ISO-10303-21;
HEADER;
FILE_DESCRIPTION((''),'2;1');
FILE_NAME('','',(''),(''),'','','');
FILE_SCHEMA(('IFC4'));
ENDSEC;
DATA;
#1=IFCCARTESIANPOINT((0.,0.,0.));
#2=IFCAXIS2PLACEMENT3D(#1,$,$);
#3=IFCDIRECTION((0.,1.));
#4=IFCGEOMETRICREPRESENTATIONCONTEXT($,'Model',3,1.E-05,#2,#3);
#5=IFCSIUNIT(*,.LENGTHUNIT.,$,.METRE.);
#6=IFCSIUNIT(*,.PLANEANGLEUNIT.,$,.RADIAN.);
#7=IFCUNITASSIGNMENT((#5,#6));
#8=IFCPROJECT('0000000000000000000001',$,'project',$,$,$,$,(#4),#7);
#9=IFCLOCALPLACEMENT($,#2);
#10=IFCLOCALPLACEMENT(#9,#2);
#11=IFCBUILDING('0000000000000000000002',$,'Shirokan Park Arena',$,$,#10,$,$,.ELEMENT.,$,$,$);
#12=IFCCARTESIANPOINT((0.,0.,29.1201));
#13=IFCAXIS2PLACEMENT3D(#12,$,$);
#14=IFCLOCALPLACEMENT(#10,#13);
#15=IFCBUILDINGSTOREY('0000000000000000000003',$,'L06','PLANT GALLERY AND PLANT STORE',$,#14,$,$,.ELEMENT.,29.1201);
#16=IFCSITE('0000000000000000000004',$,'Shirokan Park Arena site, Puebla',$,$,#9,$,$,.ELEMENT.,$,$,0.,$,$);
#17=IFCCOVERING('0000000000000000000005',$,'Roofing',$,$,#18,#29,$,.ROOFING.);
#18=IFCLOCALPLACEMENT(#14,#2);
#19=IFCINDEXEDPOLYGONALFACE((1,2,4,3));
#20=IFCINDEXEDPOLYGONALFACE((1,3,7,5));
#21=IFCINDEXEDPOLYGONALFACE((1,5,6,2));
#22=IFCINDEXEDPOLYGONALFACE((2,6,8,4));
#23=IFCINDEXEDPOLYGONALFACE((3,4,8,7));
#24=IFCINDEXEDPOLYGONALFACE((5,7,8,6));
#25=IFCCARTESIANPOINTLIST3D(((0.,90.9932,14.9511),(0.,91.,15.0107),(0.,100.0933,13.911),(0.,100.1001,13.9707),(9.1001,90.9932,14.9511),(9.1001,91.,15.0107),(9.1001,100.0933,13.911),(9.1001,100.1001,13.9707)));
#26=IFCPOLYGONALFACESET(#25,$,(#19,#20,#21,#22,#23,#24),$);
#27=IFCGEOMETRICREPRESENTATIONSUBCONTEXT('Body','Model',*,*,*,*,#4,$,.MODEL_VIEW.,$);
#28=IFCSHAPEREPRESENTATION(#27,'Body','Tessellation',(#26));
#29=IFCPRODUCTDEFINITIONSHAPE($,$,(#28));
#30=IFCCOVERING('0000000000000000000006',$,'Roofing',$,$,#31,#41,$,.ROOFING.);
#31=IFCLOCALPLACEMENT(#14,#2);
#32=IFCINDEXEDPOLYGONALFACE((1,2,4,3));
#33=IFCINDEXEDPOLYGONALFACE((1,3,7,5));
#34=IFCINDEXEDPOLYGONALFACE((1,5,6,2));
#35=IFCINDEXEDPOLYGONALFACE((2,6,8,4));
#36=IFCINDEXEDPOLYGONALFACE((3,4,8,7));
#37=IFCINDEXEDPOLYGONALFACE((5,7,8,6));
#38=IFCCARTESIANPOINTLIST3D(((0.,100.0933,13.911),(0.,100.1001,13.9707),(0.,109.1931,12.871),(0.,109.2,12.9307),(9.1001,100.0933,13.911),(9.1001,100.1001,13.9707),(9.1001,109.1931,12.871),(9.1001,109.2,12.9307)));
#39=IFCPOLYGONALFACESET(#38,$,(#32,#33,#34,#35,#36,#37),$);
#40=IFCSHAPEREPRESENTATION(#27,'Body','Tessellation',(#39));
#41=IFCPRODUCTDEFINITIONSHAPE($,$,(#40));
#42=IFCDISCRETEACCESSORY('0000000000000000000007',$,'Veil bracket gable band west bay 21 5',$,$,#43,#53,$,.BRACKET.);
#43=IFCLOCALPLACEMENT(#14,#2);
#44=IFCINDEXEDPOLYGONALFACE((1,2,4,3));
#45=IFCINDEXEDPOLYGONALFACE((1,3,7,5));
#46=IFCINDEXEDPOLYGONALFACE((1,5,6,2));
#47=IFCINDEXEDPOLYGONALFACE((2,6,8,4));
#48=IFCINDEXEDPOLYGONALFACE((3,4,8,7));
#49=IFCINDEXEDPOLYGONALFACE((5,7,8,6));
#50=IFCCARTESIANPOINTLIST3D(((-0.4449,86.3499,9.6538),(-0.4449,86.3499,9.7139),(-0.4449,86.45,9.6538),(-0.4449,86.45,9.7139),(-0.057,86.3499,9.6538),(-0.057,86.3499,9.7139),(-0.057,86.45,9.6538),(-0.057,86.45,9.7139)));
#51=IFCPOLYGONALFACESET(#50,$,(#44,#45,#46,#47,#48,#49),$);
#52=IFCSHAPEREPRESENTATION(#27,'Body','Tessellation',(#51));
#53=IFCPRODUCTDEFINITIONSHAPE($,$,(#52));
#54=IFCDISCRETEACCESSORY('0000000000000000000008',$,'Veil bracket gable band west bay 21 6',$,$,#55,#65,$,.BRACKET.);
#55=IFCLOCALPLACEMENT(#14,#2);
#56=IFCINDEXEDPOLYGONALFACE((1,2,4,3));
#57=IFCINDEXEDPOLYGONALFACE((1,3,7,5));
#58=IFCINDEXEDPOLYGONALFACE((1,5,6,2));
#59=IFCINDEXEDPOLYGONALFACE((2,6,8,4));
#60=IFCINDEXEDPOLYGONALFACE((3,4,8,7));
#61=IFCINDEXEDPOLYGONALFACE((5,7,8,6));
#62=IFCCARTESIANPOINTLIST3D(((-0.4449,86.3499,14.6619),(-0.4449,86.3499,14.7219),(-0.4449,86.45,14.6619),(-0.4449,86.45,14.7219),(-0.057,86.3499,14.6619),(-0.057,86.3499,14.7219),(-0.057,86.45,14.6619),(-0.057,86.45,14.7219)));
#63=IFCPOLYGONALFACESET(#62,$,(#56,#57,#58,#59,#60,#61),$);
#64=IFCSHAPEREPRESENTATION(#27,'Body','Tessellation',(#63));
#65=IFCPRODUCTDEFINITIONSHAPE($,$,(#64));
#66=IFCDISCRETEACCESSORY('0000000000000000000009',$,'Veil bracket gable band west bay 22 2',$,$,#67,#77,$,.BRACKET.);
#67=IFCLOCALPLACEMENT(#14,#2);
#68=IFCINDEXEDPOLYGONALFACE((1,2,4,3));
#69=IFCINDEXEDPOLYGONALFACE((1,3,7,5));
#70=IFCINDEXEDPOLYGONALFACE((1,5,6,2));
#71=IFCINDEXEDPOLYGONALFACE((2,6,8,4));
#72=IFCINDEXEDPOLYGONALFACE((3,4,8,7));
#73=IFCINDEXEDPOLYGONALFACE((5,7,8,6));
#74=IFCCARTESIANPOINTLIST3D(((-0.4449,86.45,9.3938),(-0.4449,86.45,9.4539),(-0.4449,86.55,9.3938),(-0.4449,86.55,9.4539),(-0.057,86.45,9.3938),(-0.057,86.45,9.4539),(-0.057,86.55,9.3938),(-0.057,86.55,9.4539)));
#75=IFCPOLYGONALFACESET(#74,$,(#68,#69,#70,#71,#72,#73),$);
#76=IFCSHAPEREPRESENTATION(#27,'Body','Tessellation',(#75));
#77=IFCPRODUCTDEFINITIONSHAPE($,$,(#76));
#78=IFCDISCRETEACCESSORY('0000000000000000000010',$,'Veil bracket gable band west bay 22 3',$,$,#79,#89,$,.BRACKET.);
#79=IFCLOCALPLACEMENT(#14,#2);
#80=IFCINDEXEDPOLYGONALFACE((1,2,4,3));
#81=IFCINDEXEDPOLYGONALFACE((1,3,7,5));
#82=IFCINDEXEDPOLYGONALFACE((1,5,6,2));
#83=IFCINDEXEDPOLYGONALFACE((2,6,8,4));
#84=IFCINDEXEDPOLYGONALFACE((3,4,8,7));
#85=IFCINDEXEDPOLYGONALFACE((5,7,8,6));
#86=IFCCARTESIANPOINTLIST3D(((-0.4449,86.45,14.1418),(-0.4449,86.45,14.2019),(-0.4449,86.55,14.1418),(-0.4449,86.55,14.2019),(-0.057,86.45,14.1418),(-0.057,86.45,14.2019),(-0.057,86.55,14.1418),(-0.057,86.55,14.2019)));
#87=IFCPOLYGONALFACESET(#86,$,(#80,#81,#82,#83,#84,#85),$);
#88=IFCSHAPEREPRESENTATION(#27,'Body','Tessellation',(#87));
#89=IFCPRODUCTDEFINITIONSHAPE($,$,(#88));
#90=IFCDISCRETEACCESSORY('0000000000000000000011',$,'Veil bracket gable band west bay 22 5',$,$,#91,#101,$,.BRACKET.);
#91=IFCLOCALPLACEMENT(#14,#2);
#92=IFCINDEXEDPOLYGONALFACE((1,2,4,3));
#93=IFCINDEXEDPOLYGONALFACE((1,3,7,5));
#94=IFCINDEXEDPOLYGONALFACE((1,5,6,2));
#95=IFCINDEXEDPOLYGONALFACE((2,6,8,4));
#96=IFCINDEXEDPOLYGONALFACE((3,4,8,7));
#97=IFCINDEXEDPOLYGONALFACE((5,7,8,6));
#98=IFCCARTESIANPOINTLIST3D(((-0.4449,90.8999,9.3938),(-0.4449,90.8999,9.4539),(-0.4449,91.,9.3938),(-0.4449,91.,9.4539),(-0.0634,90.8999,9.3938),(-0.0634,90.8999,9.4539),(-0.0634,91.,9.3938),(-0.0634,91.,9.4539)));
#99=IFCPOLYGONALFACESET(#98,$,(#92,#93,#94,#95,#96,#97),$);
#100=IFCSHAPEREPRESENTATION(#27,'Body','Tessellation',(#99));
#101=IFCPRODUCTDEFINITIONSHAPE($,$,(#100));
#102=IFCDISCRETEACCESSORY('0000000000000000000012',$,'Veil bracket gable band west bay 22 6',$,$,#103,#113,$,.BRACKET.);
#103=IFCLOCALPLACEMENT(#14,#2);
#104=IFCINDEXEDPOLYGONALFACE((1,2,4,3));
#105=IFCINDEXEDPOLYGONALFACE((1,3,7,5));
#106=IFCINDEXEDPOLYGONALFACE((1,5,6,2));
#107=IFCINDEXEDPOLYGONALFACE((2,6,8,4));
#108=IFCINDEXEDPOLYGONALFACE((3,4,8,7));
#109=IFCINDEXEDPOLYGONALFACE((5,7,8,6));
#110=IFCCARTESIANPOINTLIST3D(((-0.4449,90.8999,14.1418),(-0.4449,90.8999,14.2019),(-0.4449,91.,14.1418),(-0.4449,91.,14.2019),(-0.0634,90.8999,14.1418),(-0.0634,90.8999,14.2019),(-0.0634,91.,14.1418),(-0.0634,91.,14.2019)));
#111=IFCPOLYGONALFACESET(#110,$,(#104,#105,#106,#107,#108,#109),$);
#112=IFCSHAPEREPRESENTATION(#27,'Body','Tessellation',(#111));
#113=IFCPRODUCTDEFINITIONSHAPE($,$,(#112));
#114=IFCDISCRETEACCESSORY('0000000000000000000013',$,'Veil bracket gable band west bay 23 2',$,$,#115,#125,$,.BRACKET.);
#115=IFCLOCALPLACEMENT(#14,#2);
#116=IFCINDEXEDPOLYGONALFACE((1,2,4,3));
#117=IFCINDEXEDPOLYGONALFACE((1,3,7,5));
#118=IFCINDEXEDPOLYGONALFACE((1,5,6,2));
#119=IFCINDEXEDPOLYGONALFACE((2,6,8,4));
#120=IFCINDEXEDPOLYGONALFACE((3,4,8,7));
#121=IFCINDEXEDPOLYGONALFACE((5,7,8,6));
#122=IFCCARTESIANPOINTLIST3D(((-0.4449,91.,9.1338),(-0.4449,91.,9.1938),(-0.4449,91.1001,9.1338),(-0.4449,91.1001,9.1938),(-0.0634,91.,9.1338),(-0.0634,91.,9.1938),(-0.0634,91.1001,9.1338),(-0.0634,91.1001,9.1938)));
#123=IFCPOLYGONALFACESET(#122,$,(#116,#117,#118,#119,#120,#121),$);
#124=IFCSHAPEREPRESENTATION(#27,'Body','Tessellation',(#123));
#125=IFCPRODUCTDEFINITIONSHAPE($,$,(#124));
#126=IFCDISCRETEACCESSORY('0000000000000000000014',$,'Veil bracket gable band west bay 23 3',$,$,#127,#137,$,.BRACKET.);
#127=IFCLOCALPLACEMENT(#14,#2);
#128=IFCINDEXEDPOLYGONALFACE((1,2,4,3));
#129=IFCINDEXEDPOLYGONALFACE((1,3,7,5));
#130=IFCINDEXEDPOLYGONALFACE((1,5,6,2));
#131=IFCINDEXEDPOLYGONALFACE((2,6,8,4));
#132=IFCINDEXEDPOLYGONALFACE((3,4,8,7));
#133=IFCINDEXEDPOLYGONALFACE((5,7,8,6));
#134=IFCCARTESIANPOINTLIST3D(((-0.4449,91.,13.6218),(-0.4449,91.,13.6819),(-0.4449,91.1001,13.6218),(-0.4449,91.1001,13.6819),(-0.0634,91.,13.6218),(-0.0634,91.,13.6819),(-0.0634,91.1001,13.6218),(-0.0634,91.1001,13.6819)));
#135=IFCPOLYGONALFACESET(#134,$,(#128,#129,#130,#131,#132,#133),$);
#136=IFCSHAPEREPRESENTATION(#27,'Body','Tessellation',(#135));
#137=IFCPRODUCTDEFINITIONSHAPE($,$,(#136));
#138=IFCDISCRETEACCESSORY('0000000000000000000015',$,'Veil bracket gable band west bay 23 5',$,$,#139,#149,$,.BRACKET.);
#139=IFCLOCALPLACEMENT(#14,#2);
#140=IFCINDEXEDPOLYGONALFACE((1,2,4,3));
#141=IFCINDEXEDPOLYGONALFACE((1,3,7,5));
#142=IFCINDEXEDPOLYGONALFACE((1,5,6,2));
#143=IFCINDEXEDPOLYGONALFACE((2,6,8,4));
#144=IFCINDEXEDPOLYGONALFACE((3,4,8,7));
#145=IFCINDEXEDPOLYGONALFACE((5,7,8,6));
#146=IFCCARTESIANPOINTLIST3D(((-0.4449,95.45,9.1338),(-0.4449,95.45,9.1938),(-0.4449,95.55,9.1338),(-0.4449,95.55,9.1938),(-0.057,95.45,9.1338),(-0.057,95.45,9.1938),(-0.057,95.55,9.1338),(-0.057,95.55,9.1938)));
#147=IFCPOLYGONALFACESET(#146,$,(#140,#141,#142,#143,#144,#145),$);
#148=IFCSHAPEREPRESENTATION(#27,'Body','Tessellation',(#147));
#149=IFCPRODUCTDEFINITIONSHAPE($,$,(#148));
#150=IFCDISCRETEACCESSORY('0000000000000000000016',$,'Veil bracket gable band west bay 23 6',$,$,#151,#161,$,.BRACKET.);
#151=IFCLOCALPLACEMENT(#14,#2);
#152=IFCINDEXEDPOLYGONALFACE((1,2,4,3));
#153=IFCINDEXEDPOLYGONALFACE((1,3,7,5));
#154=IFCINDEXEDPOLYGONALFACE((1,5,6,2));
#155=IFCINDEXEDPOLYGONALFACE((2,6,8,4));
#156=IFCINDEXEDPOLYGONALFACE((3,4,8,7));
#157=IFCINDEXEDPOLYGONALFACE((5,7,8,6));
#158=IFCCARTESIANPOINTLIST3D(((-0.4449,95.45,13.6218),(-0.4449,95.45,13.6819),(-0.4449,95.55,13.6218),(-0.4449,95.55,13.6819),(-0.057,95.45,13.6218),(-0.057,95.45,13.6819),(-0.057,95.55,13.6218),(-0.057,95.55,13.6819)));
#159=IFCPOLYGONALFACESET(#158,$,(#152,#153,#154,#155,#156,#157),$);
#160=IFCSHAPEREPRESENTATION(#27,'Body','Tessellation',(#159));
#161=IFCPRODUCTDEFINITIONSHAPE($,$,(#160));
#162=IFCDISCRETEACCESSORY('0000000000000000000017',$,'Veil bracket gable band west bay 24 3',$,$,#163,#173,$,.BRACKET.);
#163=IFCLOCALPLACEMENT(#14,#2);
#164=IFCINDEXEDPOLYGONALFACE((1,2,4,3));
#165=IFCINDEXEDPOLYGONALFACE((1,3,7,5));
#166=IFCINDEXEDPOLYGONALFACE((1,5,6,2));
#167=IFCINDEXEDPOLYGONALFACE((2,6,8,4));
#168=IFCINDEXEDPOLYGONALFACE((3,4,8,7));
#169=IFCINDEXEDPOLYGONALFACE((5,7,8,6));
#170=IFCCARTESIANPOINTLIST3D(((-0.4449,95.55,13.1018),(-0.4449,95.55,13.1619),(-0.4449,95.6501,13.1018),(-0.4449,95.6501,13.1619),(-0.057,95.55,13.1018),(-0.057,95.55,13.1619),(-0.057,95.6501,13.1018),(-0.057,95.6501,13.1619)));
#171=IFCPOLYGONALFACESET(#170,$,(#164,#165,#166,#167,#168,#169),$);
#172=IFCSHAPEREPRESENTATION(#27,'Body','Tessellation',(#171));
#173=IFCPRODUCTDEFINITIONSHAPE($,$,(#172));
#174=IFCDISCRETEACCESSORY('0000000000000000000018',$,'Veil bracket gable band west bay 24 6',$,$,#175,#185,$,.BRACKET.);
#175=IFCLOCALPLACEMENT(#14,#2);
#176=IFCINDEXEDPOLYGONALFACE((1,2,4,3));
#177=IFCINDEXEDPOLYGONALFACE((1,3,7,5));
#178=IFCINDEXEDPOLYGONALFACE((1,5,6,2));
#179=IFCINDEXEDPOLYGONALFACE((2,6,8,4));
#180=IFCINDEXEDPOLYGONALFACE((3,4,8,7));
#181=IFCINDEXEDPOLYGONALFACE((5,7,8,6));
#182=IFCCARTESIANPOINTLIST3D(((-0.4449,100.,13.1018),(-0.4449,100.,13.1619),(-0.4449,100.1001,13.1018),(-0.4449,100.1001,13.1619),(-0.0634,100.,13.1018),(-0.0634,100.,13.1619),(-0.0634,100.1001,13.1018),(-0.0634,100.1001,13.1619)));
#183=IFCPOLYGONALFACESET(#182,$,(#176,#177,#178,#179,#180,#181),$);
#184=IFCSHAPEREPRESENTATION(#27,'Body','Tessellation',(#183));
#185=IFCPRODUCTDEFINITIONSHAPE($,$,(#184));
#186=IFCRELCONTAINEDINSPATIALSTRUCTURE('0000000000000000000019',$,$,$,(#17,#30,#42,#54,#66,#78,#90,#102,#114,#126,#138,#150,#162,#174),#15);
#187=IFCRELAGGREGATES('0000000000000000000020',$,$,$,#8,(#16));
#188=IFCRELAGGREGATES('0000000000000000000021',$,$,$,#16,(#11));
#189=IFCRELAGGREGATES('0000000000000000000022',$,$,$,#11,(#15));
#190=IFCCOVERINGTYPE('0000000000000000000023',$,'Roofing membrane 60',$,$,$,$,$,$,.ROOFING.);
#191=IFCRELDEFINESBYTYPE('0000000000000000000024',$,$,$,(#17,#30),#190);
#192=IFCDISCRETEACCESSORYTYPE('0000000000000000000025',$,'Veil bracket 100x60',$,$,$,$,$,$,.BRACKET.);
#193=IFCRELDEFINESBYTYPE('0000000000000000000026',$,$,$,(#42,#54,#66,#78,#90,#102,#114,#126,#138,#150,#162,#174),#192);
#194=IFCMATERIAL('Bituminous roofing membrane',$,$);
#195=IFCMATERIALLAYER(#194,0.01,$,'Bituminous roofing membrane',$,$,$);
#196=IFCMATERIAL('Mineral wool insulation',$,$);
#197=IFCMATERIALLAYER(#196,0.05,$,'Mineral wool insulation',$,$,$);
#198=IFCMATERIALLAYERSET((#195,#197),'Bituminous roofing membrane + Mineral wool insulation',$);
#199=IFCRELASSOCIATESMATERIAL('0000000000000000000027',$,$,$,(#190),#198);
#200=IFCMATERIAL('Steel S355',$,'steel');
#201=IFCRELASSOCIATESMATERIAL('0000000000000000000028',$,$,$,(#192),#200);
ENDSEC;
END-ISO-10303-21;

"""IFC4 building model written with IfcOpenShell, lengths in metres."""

from ifc_helpers import new_model, si_unit, direction, frame, origin, origin_2d, place, context, subcontext, project, spatial, polyline, rectangle, outline, extrude, material, layer, layer_set, type_object, element, save


model = new_model("IFC4")

# Units and contexts
model_context = context("Model", 3, precision=1e-05, world=origin(), true_north=direction((0.0, 1.0)))
body_context = subcontext(model_context, "Body", "Model", "MODEL_VIEW")
ifc_project = project(units=[si_unit("LENGTHUNIT", "METRE"), si_unit("PLANEANGLEUNIT", "RADIAN")], contexts=[model_context])

# Site, building, storey
site_placement = place(None, origin())
site = spatial("IfcSite", under=ifc_project, at=site_placement, Name="Shirokan Park Arena site, Puebla", CompositionType="ELEMENT", RefElevation=0.0)
building_placement = place(site_placement, origin())
building = spatial("IfcBuilding", under=site, at=building_placement, Name="Shirokan Park Arena", CompositionType="ELEMENT")
storey_placement = place(building_placement, frame((0.0, 0.0, 29.1201)))
storey = spatial("IfcBuildingStorey", under=building, at=storey_placement, Name="L06", Description="PLANT GALLERY AND PLANT STORE", CompositionType="ELEMENT", Elevation=29.1201)

# Coverings
ifc_material_1 = material(Name="Bituminous roofing membrane")
ifc_layer_1 = layer(ifc_material_1, 0.01, Name="Bituminous roofing membrane")
ifc_material_2 = material(Name="Mineral wool insulation")
ifc_layer_2 = layer(ifc_material_2, 0.05, Name="Mineral wool insulation")
ifc_layer_set_1 = layer_set([ifc_layer_1, ifc_layer_2], Name="Bituminous roofing membrane + Mineral wool insulation")
covering_type = type_object("IfcCoveringType", Name="Roofing membrane 60", PredefinedType="ROOFING", material=ifc_layer_set_1)
covering_1_placement = place(storey_placement, frame((0.0, 91.0, 15.0107), z_axis=(0.0, 0.11355, 0.993532), x_axis=(1.0, 0.0, 0.0)))
element("IfcCovering", 1, at=covering_1_placement, inside=storey, type_object=covering_type, Name="Roofing", PredefinedType="ROOFING", context=body_context, shape_type="SweptSolid", body=[
    extrude(outline(polyline([(0.0, 0.0), (9.1001, 0.0), (9.1001, 9.1593), (0.0, 9.1593), (0.0, 0.0)])), origin(), (0.0, 0.0, -1.0), 0.0601),
])
covering_2_placement = place(storey_placement, frame((0.0, 100.1001, 13.9707), z_axis=(0.0, 0.113553, 0.993532), x_axis=(1.0, 0.0, 0.0)))
element("IfcCovering", 2, at=covering_2_placement, inside=storey, type_object=covering_type, Name="Roofing", PredefinedType="ROOFING", context=body_context, shape_type="SweptSolid", body=[
    extrude(outline(polyline([(0.0, 0.0), (9.1001, 0.0), (9.1001, 9.1591), (0.0, 9.1591), (0.0, 0.0)])), origin(), (0.0, 0.0, -1.0), 0.0601),
])

# Discrete accessories
ifc_material_3 = material(Name="Steel S355", Category="steel")
discrete_accessory_type = type_object("IfcDiscreteAccessoryType", Name="Veil bracket 100x60", PredefinedType="BRACKET", material=ifc_material_3)
for number, where, z_axis, x_axis, name in (
    (3, (-0.251, 86.3999, 9.6538), (0.0, 0.0, 1.0), (1.0, 0.0, 0.0), "Veil bracket gable band west bay 21 5"),
    (4, (-0.251, 86.3999, 14.6619), (0.0, 0.0, 1.0), (1.0, 0.0, 0.0), "Veil bracket gable band west bay 21 6"),
    (5, (-0.251, 86.5, 9.3938), (0.0, 0.0, 1.0), (1.0, 0.0, 0.0), "Veil bracket gable band west bay 22 2"),
    (6, (-0.251, 86.5, 14.1418), (0.0, 0.0, 1.0), (1.0, 0.0, 0.0), "Veil bracket gable band west bay 22 3"),
):
    element("IfcDiscreteAccessory", number, at=place(storey_placement, frame(where, z_axis=z_axis, x_axis=x_axis)), inside=storey, type_object=discrete_accessory_type, Name=name, PredefinedType="BRACKET", context=body_context, shape_type="SweptSolid", body=[
        extrude(rectangle(XDim=0.3879, YDim=0.1001, at=origin_2d()), origin(), (0.0, 0.0, 1.0), 0.0601),
    ])
for number, where, z_axis, x_axis, name in (
    (7, (-0.2542, 90.95, 9.3938), (0.0, 0.0, 1.0), (1.0, 0.0, 0.0), "Veil bracket gable band west bay 22 5"),
    (8, (-0.2542, 90.95, 14.1418), (0.0, 0.0, 1.0), (1.0, 0.0, 0.0), "Veil bracket gable band west bay 22 6"),
    (9, (-0.2542, 91.05, 9.1338), (0.0, 0.0, 1.0), (1.0, 0.0, 0.0), "Veil bracket gable band west bay 23 2"),
    (10, (-0.2542, 91.05, 13.6218), (0.0, 0.0, 1.0), (1.0, 0.0, 0.0), "Veil bracket gable band west bay 23 3"),
):
    element("IfcDiscreteAccessory", number, at=place(storey_placement, frame(where, z_axis=z_axis, x_axis=x_axis)), inside=storey, type_object=discrete_accessory_type, Name=name, PredefinedType="BRACKET", context=body_context, shape_type="SweptSolid", body=[
        extrude(rectangle(XDim=0.3816, YDim=0.1001, at=origin_2d()), origin(), (0.0, 0.0, 1.0), 0.0601),
    ])
for number, where, z_axis, x_axis, name in (
    (11, (-0.251, 95.5, 9.1338), (0.0, 0.0, 1.0), (1.0, 0.0, 0.0), "Veil bracket gable band west bay 23 5"),
    (12, (-0.251, 95.5, 13.6218), (0.0, 0.0, 1.0), (1.0, 0.0, 0.0), "Veil bracket gable band west bay 23 6"),
    (13, (-0.251, 95.6001, 13.1018), (0.0, 0.0, 1.0), (1.0, 0.0, 0.0), "Veil bracket gable band west bay 24 3"),
):
    element("IfcDiscreteAccessory", number, at=place(storey_placement, frame(where, z_axis=z_axis, x_axis=x_axis)), inside=storey, type_object=discrete_accessory_type, Name=name, PredefinedType="BRACKET", context=body_context, shape_type="SweptSolid", body=[
        extrude(rectangle(XDim=0.3879, YDim=0.1001, at=origin_2d()), origin(), (0.0, 0.0, 1.0), 0.0601),
    ])
discrete_accessory_placement = place(storey_placement, frame((-0.2542, 100.05, 13.1018), z_axis=(0.0, 0.0, 1.0), x_axis=(1.0, 0.0, 0.0)))
element("IfcDiscreteAccessory", 14, at=discrete_accessory_placement, inside=storey, type_object=discrete_accessory_type, Name="Veil bracket gable band west bay 24 6", PredefinedType="BRACKET", context=body_context, shape_type="SweptSolid", body=[
    extrude(rectangle(XDim=0.3816, YDim=0.1001, at=origin_2d()), origin(), (0.0, 0.0, 1.0), 0.0601),
])

save(model, "model.ifc")
